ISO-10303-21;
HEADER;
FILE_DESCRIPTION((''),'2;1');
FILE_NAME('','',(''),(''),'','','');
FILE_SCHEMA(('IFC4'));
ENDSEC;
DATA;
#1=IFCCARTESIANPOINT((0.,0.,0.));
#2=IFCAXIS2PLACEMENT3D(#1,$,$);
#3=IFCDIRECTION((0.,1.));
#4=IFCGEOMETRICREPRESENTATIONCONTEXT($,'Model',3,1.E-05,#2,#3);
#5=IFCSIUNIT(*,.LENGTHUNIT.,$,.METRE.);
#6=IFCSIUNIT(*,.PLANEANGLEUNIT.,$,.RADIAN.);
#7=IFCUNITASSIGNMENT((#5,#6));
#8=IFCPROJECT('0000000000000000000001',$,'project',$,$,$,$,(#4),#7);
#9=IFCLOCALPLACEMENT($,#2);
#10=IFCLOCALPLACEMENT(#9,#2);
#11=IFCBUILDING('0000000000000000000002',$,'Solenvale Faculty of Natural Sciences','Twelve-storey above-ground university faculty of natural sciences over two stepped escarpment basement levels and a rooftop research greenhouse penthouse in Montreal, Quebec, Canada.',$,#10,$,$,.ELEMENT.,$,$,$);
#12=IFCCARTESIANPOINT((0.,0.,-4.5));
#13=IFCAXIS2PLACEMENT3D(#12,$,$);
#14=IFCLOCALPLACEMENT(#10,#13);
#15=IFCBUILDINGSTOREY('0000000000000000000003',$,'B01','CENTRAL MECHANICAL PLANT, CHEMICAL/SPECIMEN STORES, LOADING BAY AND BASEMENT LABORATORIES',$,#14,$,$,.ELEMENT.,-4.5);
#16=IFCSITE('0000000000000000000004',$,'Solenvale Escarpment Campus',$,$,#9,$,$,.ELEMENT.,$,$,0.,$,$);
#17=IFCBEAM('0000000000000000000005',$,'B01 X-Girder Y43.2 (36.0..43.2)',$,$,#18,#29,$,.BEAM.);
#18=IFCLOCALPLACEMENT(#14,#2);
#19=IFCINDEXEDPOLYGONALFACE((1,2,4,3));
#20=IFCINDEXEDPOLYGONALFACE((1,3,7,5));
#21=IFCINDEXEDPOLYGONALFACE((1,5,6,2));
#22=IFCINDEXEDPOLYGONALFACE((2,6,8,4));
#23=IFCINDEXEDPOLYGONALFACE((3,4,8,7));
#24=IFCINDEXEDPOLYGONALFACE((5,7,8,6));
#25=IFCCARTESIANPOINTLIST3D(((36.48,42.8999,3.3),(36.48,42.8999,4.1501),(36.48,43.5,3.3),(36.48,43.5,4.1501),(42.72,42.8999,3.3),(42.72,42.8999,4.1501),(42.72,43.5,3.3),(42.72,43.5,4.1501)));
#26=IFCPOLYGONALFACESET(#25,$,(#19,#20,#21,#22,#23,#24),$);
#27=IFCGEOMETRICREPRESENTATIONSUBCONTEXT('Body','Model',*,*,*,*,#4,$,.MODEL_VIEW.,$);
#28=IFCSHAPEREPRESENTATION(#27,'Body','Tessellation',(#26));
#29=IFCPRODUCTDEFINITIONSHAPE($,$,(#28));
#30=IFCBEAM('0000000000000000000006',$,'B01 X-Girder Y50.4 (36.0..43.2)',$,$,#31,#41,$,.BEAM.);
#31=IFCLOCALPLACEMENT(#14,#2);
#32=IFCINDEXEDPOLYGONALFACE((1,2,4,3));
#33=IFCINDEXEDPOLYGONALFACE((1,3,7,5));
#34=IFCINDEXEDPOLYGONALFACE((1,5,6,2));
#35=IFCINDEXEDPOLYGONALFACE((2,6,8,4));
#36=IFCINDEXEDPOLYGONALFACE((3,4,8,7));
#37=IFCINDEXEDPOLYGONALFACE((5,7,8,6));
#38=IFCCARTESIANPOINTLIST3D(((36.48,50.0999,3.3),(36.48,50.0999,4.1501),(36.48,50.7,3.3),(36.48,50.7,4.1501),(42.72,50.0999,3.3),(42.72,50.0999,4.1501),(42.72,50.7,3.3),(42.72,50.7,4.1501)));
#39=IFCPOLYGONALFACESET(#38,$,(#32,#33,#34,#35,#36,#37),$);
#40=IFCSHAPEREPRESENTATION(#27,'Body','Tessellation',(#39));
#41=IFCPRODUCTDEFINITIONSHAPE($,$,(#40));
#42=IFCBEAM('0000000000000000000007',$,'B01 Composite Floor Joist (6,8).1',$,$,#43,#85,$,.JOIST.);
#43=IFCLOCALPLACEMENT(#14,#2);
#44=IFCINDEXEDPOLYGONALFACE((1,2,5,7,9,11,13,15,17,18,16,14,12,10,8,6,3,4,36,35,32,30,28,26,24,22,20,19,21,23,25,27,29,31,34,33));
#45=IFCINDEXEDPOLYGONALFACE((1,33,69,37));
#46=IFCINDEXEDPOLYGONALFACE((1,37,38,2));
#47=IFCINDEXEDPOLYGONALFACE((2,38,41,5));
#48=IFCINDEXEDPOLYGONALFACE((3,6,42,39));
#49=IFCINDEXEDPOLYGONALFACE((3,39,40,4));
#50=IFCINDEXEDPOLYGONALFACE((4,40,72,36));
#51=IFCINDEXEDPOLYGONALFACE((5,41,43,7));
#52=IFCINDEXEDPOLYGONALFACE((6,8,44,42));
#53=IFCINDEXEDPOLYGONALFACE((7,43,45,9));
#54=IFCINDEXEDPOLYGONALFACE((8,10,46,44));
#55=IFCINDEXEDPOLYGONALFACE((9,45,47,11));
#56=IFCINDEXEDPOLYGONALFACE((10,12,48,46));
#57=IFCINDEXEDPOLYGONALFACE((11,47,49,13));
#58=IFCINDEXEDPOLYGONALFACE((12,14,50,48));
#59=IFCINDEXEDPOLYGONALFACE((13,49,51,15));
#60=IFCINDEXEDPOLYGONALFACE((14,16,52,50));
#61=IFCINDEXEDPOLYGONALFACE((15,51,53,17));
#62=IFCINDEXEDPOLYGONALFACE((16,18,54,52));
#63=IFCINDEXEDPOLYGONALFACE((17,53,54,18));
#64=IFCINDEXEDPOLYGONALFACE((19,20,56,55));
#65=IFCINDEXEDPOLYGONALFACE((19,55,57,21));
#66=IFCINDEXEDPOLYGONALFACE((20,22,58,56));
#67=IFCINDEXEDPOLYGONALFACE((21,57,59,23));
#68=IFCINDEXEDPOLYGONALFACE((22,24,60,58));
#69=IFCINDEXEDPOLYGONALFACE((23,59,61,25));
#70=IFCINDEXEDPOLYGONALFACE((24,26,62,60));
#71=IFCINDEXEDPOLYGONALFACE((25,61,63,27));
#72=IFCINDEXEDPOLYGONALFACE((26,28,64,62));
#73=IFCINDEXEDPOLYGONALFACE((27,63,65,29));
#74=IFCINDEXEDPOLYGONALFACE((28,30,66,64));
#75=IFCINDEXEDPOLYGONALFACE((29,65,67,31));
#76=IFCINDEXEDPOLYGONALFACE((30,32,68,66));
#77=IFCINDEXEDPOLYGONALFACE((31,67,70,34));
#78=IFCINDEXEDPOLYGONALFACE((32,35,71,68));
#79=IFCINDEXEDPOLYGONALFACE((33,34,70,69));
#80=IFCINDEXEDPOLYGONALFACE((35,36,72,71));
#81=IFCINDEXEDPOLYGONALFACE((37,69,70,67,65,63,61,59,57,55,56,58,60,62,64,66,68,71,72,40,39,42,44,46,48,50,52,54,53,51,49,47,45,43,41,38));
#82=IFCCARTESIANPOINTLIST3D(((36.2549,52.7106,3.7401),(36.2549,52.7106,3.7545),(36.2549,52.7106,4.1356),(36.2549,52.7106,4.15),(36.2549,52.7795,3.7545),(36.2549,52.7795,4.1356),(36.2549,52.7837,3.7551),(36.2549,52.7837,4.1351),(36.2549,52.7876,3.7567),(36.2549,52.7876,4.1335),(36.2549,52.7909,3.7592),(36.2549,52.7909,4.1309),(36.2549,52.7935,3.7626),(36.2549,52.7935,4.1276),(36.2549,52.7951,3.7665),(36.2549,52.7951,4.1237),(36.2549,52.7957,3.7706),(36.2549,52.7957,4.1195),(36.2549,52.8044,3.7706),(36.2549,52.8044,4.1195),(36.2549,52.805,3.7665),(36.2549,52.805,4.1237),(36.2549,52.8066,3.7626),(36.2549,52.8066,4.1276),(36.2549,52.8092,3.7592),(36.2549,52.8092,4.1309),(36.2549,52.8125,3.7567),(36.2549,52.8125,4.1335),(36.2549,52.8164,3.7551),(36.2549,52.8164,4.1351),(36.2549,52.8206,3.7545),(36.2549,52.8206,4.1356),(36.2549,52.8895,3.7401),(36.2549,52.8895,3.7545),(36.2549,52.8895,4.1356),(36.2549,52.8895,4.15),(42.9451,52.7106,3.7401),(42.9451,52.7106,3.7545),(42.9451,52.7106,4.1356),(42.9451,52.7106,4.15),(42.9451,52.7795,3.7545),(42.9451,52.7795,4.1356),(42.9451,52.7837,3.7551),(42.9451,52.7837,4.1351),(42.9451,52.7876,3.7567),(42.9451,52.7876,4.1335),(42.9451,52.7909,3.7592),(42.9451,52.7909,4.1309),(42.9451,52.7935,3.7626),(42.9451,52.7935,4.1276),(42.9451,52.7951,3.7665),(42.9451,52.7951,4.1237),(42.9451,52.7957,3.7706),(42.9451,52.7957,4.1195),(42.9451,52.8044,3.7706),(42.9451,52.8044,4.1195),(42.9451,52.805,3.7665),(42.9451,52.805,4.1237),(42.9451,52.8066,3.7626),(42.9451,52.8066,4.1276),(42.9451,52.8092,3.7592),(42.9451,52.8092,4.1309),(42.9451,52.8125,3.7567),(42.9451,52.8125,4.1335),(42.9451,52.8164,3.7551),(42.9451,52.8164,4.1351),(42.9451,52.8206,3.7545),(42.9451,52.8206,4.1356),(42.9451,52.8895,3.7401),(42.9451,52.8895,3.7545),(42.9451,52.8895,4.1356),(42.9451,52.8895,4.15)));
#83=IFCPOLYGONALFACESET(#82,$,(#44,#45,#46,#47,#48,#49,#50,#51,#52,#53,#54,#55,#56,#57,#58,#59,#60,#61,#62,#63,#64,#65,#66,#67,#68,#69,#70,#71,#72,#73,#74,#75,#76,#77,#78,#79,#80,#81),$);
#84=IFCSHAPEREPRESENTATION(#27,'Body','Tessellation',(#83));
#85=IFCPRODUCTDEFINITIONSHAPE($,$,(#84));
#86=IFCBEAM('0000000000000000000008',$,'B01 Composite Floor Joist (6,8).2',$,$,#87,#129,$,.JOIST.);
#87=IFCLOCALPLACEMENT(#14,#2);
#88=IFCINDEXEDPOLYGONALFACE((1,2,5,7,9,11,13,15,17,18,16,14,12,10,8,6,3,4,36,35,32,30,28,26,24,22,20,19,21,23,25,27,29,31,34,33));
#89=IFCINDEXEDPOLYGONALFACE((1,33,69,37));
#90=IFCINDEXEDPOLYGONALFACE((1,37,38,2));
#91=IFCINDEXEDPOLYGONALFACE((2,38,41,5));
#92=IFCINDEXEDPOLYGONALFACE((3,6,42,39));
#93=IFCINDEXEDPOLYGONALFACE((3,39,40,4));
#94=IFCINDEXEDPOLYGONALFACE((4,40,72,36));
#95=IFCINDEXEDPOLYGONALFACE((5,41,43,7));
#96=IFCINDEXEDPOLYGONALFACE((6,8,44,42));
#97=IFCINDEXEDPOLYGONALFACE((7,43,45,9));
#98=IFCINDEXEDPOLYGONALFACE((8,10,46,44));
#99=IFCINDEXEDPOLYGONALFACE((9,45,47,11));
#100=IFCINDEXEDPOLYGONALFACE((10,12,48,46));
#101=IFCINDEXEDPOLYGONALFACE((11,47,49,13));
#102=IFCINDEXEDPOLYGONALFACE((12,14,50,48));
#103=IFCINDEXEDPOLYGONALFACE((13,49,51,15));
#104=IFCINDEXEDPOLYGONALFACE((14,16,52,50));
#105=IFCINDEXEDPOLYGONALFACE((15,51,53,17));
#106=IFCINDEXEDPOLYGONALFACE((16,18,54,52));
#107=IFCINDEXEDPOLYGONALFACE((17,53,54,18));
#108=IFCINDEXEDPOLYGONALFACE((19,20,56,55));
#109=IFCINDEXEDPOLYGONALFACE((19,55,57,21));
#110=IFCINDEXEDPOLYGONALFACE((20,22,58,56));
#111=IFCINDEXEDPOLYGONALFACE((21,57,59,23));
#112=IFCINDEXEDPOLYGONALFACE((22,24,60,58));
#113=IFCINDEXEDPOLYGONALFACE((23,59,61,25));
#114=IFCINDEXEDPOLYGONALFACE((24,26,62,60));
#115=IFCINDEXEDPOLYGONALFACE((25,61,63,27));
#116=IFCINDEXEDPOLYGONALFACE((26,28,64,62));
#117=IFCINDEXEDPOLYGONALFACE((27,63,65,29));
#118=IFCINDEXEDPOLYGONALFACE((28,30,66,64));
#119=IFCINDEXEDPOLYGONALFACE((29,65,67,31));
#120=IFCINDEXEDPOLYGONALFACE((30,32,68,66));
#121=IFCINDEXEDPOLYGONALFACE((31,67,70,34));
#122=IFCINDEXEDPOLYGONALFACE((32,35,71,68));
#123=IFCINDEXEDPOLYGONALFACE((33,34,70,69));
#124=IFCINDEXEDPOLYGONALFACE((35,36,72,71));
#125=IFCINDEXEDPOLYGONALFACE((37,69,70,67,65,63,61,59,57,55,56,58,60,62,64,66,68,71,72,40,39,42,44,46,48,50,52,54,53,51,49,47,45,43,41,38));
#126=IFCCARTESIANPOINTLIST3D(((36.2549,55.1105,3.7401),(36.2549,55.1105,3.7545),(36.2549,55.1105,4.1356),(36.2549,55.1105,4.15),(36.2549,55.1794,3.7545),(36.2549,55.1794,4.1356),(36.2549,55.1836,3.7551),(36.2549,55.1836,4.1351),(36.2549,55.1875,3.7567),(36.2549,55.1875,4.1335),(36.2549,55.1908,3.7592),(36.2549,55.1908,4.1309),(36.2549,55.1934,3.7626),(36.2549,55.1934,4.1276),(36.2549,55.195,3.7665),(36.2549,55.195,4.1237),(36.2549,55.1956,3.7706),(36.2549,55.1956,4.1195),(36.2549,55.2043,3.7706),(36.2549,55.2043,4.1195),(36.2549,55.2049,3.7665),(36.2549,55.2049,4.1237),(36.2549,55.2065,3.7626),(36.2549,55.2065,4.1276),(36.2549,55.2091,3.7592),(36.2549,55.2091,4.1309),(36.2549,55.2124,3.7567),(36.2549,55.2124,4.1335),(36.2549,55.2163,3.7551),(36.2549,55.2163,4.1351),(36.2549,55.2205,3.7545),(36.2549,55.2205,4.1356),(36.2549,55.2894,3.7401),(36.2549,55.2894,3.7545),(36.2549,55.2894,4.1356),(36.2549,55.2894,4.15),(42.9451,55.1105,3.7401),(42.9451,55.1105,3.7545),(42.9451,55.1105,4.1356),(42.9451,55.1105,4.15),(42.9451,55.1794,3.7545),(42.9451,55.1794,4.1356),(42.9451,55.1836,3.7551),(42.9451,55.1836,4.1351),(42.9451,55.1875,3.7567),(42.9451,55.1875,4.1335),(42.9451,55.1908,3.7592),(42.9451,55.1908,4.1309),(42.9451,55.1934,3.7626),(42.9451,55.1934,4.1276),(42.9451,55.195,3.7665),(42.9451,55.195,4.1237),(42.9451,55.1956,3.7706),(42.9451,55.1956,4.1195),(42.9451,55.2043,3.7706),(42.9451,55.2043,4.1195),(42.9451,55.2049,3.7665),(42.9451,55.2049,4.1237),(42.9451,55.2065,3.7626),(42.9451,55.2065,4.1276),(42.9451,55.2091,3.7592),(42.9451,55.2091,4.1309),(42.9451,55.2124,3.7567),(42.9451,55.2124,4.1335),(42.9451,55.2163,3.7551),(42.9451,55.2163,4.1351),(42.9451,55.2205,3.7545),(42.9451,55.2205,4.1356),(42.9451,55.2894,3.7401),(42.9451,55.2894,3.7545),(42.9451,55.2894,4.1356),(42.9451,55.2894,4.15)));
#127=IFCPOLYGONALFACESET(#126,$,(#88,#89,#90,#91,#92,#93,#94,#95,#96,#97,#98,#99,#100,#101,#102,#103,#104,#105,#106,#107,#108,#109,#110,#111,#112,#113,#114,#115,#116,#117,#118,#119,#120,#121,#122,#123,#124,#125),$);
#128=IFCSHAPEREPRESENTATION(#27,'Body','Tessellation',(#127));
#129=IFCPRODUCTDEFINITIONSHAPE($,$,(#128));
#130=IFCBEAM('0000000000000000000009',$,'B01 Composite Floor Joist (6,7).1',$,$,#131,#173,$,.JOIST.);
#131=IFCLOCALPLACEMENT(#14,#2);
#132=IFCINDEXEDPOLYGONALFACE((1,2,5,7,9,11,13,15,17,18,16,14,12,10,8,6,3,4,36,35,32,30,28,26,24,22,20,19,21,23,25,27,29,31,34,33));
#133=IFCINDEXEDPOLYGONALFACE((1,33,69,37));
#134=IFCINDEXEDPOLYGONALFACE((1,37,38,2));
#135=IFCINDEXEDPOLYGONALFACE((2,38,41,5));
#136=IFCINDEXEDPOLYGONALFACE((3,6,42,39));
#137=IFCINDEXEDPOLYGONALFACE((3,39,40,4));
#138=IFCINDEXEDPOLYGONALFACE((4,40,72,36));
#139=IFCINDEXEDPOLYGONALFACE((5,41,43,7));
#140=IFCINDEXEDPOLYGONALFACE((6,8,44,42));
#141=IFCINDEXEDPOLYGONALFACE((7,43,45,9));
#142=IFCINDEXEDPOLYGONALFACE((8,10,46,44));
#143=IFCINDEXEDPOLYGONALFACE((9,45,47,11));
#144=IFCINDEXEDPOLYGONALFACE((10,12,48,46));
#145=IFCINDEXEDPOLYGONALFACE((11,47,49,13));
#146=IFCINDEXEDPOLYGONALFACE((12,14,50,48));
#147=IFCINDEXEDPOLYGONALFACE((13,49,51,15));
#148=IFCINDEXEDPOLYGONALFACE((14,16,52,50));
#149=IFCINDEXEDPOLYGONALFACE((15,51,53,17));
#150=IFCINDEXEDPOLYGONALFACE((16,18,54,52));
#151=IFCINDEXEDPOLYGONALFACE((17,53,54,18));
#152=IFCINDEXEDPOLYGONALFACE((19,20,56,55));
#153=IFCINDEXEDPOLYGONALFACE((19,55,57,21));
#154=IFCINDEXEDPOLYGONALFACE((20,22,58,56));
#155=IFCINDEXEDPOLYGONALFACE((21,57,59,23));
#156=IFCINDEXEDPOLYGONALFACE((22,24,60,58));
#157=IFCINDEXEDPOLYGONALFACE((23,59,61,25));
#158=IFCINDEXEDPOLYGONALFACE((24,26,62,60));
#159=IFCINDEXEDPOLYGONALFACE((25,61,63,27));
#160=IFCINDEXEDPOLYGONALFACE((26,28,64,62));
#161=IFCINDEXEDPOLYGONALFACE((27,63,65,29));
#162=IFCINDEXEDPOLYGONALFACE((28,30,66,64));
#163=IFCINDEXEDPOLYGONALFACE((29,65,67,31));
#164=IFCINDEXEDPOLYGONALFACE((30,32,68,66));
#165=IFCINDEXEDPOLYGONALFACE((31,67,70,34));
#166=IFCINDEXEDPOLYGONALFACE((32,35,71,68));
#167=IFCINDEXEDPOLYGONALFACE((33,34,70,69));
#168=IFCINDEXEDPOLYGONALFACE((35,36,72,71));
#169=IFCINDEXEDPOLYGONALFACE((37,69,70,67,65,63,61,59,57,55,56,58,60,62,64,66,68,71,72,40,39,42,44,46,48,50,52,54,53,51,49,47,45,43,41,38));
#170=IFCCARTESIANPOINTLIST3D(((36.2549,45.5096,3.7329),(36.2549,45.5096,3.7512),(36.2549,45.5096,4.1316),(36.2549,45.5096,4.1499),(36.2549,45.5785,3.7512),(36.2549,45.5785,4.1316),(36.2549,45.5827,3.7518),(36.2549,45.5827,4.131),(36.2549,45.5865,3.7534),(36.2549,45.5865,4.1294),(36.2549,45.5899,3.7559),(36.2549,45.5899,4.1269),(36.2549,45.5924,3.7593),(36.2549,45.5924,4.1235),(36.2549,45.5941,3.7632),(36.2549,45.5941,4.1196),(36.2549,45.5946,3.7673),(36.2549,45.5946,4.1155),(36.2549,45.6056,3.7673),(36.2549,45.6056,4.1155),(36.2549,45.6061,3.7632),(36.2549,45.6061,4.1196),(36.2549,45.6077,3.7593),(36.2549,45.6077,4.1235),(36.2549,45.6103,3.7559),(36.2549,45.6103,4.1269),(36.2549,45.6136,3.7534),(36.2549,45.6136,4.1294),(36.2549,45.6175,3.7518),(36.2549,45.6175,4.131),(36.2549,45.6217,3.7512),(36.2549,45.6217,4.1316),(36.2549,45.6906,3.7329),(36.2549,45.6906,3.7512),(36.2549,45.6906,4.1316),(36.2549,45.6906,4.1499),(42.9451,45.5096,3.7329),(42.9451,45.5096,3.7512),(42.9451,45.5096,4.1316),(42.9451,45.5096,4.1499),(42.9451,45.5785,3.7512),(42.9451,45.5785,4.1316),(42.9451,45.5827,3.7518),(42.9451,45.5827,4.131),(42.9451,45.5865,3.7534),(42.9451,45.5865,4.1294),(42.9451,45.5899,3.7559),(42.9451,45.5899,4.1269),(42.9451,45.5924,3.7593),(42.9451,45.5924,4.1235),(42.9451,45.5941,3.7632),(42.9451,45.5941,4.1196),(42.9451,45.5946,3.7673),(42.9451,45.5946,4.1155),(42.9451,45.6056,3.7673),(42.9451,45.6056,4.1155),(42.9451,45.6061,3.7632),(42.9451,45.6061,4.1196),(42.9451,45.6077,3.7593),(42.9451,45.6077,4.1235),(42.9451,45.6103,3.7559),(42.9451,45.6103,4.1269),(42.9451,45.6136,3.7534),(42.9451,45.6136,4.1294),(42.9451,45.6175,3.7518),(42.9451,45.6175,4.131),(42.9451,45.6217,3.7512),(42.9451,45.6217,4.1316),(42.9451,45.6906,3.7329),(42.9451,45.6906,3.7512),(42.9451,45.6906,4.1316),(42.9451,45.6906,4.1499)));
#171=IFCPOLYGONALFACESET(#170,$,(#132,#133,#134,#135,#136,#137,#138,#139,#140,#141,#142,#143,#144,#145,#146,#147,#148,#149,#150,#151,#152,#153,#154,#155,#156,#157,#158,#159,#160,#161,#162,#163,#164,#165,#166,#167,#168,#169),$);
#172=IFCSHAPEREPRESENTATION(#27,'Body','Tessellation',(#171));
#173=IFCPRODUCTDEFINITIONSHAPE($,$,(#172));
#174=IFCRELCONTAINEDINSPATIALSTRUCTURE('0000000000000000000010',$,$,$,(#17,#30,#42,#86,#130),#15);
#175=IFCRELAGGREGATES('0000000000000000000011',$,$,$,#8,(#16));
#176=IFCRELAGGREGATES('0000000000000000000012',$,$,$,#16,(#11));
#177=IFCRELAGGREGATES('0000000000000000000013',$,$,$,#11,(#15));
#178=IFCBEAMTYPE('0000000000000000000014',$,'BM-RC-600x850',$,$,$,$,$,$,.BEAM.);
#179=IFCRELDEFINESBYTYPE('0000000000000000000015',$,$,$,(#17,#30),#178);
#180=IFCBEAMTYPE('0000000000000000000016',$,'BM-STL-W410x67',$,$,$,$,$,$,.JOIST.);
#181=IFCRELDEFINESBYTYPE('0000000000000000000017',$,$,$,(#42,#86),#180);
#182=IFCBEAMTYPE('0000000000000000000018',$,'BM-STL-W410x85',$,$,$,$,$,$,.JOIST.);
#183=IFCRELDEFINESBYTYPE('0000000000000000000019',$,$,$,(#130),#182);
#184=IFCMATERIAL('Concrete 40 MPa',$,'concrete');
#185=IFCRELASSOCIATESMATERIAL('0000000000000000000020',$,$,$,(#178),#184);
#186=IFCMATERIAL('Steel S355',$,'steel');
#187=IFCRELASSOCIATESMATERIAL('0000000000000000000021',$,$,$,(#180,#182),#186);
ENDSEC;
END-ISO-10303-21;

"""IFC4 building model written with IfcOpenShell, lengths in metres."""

from ifc_helpers import new_model, si_unit, direction, frame, origin, origin_2d, place, context, subcontext, project, spatial, rectangle, i_section, extrude, material, material_profile, profile_set, type_object, element, save


model = new_model("IFC4")

# Units and contexts
model_context = context("Model", 3, precision=1e-05, world=origin(), true_north=direction((0.0, 1.0)))
body_context = subcontext(model_context, "Body", "Model", "MODEL_VIEW")
ifc_project = project(units=[si_unit("LENGTHUNIT", "METRE"), si_unit("PLANEANGLEUNIT", "RADIAN")], contexts=[model_context])

# Site, building, storey
site_placement = place(None, origin())
site = spatial("IfcSite", under=ifc_project, at=site_placement, Name="Solenvale Escarpment Campus", CompositionType="ELEMENT", RefElevation=0.0)
building_placement = place(site_placement, origin())
building = spatial("IfcBuilding", under=site, at=building_placement, Name="Solenvale Faculty of Natural Sciences", Description="Twelve-storey above-ground university faculty of natural sciences over two stepped escarpment basement levels and a rooftop research greenhouse penthouse in Montreal, Quebec, Canada.", CompositionType="ELEMENT")
storey_placement = place(building_placement, frame((0.0, 0.0, -4.5)))
storey = spatial("IfcBuildingStorey", under=building, at=storey_placement, Name="B01", Description="CENTRAL MECHANICAL PLANT, CHEMICAL/SPECIMEN STORES, LOADING BAY AND BASEMENT LABORATORIES", CompositionType="ELEMENT", Elevation=-4.5)

# Shared definitions
ifc_material_1 = material(Name="Concrete 40 MPa", Category="concrete")

# Beams
ifc_material_profile_1 = material_profile(ifc_material_1, rectangle(XDim=0.6001, YDim=0.8501, at=origin_2d()), Name="RC-BM-600x850")
ifc_profile_set_1 = profile_set([ifc_material_profile_1], Name="Concrete 40 MPa")
beam_type_1 = type_object("IfcBeamType", Name="BM-RC-600x850", PredefinedType="BEAM", material=ifc_profile_set_1)
for number, where, z_axis, x_axis, name in (
    (1, (36.48, 43.2, 3.7251), (1.0, 0.0, 0.0), (0.0, 1.0, 0.0), "B01 X-Girder Y43.2 (36.0..43.2)"),
    (2, (36.48, 50.3999, 3.7251), (1.0, 0.0, 0.0), (0.0, 1.0, 0.0), "B01 X-Girder Y50.4 (36.0..43.2)"),
):
    element("IfcBeam", number, at=place(storey_placement, frame(where, z_axis=z_axis, x_axis=x_axis)), inside=storey, type_object=beam_type_1, Name=name, PredefinedType="BEAM", context=body_context, shape_type="SweptSolid", body=[
        extrude(rectangle(XDim=0.6001, YDim=0.8501, at=origin_2d()), origin(), (0.0, 0.0, 1.0), 6.24),
    ])
ifc_material_2 = material(Name="Steel S355", Category="steel")
ifc_material_profile_2 = material_profile(ifc_material_2, i_section(OverallWidth=0.179, OverallDepth=0.4099, WebThickness=0.0088, FlangeThickness=0.0144, FilletRadius=0.0161, at=origin_2d()), Name="W410x67")
ifc_profile_set_2 = profile_set([ifc_material_profile_2], Name="Steel S355")
beam_type_2 = type_object("IfcBeamType", Name="BM-STL-W410x67", PredefinedType="JOIST", material=ifc_profile_set_2)
for number, where, z_axis, x_axis, name in (
    (3, (36.2549, 52.8, 3.9451), (1.0, 0.0, 0.0), (0.0, 1.0, 0.0), "B01 Composite Floor Joist (6,8).1"),
    (4, (36.2549, 55.2, 3.9451), (1.0, 0.0, 0.0), (0.0, 1.0, 0.0), "B01 Composite Floor Joist (6,8).2"),
):
    element("IfcBeam", number, at=place(storey_placement, frame(where, z_axis=z_axis, x_axis=x_axis)), inside=storey, type_object=beam_type_2, Name=name, PredefinedType="JOIST", context=body_context, shape_type="SweptSolid", body=[
        extrude(i_section(OverallWidth=0.179, OverallDepth=0.4099, WebThickness=0.0088, FlangeThickness=0.0144, FilletRadius=0.0161, at=origin_2d()), origin(), (0.0, 0.0, 1.0), 6.6902),
    ])
ifc_material_profile_3 = material_profile(ifc_material_2, i_section(OverallWidth=0.1809, OverallDepth=0.417, WebThickness=0.011, FlangeThickness=0.0183, FilletRadius=0.0161, at=origin_2d()), Name="W410x85")
ifc_profile_set_3 = profile_set([ifc_material_profile_3], Name="Steel S355")
beam_type_3 = type_object("IfcBeamType", Name="BM-STL-W410x85", PredefinedType="JOIST", material=ifc_profile_set_3)
for number, where, z_axis, x_axis, name in (
    (5, (36.2549, 45.6001, 3.9414), (1.0, 0.0, 0.0), (0.0, 1.0, 0.0), "B01 Composite Floor Joist (6,7).1"),
):
    element("IfcBeam", number, at=place(storey_placement, frame(where, z_axis=z_axis, x_axis=x_axis)), inside=storey, type_object=beam_type_3, Name=name, PredefinedType="JOIST", context=body_context, shape_type="SweptSolid", body=[
        extrude(i_section(OverallWidth=0.1809, OverallDepth=0.417, WebThickness=0.011, FlangeThickness=0.0183, FilletRadius=0.0161, at=origin_2d()), origin(), (0.0, 0.0, 1.0), 6.6902),
    ])

save(model, "model.ifc")
